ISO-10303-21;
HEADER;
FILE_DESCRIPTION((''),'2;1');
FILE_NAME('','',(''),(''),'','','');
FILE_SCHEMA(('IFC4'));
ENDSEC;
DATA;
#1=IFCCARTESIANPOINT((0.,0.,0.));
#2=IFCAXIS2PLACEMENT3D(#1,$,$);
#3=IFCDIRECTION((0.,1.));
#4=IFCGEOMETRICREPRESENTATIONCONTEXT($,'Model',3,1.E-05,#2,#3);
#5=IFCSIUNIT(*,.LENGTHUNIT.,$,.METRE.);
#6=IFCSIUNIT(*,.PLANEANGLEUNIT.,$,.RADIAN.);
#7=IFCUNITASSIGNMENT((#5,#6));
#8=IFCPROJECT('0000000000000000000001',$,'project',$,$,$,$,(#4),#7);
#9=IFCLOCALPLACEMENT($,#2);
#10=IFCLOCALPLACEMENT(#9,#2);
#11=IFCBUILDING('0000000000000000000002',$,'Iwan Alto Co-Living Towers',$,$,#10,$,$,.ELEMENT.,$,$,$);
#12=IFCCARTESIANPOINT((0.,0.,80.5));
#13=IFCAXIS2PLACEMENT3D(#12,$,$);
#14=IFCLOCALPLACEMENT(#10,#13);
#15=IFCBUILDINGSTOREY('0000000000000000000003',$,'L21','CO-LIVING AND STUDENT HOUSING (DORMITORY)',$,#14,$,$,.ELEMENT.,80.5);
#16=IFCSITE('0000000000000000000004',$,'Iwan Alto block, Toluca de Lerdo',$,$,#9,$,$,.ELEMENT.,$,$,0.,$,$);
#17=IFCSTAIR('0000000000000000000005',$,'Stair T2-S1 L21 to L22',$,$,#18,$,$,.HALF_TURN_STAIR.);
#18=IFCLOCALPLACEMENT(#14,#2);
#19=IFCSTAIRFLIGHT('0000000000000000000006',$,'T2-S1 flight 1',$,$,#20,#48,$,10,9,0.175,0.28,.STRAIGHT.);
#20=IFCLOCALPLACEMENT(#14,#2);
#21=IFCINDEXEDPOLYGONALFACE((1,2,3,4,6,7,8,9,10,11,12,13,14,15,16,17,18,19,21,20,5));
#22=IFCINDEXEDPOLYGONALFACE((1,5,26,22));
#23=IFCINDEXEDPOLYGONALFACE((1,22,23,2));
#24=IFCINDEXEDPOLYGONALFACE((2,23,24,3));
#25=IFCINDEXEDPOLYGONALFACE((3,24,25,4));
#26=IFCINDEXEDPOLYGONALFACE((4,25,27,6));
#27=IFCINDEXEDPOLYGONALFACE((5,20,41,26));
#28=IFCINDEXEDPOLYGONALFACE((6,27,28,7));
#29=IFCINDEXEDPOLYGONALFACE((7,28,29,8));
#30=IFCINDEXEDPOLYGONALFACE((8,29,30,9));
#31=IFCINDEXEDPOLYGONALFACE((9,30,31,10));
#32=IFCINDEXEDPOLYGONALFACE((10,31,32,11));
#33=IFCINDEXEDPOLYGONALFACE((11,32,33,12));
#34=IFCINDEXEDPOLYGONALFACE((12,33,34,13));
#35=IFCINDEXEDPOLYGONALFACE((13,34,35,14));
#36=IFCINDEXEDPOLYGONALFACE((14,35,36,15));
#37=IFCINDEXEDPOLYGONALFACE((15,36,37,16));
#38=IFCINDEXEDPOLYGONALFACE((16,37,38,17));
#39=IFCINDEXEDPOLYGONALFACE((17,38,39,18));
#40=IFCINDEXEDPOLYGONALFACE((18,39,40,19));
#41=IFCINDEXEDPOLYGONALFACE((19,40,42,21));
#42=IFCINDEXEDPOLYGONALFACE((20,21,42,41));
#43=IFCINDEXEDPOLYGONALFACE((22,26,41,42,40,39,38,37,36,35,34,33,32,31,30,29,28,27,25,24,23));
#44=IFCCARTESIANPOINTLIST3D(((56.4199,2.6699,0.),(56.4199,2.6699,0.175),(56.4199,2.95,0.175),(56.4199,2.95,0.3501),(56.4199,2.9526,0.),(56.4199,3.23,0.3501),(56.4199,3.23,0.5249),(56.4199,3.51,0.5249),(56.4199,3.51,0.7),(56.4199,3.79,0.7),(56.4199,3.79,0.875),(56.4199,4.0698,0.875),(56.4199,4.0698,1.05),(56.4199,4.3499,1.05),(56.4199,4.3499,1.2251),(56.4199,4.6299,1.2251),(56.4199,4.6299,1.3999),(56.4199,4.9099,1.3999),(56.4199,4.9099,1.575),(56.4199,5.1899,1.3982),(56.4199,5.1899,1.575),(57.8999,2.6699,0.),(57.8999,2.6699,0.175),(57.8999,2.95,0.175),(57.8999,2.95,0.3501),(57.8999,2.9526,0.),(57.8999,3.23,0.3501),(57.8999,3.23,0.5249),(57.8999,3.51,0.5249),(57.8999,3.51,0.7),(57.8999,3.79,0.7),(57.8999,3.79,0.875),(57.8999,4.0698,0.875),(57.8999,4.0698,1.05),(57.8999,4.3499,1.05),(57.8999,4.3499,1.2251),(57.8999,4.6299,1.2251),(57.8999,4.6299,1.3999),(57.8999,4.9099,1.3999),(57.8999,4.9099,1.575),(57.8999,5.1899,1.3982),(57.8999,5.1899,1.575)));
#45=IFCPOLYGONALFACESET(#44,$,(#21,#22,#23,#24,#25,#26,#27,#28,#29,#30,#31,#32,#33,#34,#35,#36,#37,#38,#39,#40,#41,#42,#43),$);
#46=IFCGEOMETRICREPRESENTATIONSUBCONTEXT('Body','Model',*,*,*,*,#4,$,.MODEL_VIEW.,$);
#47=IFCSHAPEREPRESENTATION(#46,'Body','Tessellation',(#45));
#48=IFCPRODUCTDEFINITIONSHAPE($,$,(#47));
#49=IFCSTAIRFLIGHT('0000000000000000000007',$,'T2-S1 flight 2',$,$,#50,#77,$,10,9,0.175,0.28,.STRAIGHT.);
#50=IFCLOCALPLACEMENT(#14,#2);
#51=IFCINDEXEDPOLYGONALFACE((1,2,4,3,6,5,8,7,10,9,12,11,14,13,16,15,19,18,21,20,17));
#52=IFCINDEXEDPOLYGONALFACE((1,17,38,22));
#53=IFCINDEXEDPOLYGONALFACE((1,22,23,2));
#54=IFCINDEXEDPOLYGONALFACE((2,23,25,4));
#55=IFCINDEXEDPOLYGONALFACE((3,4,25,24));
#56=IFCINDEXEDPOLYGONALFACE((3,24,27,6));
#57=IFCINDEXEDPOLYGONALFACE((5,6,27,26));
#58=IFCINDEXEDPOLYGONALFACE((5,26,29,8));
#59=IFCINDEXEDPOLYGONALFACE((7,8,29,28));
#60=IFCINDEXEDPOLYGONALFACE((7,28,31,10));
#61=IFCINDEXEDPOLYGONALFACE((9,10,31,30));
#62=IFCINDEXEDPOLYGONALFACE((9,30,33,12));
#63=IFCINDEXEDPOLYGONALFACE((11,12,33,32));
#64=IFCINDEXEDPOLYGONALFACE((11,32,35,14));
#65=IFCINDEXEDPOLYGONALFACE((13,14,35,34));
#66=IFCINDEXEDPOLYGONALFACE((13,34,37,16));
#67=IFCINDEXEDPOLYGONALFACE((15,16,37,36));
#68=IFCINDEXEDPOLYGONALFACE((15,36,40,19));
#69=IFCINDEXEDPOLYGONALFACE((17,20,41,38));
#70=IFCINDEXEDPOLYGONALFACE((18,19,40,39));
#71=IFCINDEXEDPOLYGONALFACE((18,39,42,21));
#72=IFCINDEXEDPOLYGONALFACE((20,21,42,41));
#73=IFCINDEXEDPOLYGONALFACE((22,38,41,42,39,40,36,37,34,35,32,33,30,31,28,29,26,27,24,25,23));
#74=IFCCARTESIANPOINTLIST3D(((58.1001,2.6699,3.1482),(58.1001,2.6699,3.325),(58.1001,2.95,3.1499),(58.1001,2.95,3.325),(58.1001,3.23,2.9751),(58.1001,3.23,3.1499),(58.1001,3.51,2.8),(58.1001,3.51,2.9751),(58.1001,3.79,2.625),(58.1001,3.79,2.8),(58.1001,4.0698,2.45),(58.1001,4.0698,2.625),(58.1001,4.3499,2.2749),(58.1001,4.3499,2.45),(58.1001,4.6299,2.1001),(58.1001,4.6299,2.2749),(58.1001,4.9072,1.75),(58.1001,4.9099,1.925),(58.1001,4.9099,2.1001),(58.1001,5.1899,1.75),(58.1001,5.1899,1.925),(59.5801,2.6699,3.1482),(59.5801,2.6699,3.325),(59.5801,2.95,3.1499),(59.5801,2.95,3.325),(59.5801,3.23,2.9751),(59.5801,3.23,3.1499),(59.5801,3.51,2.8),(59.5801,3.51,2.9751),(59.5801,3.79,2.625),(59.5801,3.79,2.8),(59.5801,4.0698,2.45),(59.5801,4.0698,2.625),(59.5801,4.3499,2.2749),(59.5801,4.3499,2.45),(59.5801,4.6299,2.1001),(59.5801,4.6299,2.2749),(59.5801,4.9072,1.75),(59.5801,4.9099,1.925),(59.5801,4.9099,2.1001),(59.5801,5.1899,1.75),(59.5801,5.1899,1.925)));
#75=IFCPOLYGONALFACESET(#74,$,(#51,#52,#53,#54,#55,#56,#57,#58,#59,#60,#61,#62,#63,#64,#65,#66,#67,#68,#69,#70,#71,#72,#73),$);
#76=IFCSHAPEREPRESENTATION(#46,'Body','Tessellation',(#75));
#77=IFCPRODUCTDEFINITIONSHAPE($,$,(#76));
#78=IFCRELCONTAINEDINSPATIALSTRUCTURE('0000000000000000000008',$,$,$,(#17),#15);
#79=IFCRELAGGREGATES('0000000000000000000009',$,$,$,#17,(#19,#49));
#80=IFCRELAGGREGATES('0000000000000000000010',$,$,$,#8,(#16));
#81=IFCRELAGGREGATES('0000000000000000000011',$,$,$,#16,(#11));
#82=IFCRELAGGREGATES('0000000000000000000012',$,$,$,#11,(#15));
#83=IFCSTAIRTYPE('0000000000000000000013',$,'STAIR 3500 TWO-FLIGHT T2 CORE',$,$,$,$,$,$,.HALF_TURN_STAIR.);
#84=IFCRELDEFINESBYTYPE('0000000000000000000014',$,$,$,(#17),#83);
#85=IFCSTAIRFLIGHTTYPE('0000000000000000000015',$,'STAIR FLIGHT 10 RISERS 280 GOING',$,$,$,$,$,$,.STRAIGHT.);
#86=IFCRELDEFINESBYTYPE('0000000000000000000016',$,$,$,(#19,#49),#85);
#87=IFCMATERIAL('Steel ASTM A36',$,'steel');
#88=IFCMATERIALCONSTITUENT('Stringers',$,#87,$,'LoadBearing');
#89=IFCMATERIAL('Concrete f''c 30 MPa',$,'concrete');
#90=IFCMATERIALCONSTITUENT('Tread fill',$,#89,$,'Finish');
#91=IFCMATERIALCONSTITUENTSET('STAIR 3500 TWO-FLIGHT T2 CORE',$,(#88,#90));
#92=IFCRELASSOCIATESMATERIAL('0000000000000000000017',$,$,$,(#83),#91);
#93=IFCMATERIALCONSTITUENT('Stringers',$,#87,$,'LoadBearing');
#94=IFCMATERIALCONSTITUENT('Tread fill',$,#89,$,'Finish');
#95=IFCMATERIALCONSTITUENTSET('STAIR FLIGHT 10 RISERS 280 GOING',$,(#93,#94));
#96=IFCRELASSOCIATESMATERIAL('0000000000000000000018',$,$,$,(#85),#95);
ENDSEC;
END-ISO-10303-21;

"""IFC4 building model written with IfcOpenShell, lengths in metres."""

from ifc_helpers import new_model, si_unit, direction, frame, origin, place, context, subcontext, project, spatial, polyline, outline, extrude, material, constituent, constituent_set, type_object, element, aggregate, save


model = new_model("IFC4")

# Units and contexts
model_context = context("Model", 3, precision=1e-05, world=origin(), true_north=direction((0.0, 1.0)))
body_context = subcontext(model_context, "Body", "Model", "MODEL_VIEW")
ifc_project = project(units=[si_unit("LENGTHUNIT", "METRE"), si_unit("PLANEANGLEUNIT", "RADIAN")], contexts=[model_context])

# Site, building, storey
site_placement = place(None, origin())
site = spatial("IfcSite", under=ifc_project, at=site_placement, Name="Iwan Alto block, Toluca de Lerdo", CompositionType="ELEMENT", RefElevation=0.0)
building_placement = place(site_placement, origin())
building = spatial("IfcBuilding", under=site, at=building_placement, Name="Iwan Alto Co-Living Towers", CompositionType="ELEMENT")
storey_placement = place(building_placement, frame((0.0, 0.0, 80.5)))
storey = spatial("IfcBuildingStorey", under=building, at=storey_placement, Name="L21", Description="CO-LIVING AND STUDENT HOUSING (DORMITORY)", CompositionType="ELEMENT", Elevation=80.5)

# Stair, stair flights
ifc_material_1 = material(Name="Steel ASTM A36", Category="steel")
ifc_constituent_1 = constituent(ifc_material_1, Name="Stringers", Category="LoadBearing")
ifc_material_2 = material(Name="Concrete f'c 30 MPa", Category="concrete")
ifc_constituent_2 = constituent(ifc_material_2, Name="Tread fill", Category="Finish")
ifc_constituent_set_1 = constituent_set(constituents=[ifc_constituent_1, ifc_constituent_2], Name="STAIR 3500 TWO-FLIGHT T2 CORE")
stair_type = type_object("IfcStairType", Name="STAIR 3500 TWO-FLIGHT T2 CORE", PredefinedType="HALF_TURN_STAIR", material=ifc_constituent_set_1)
stair_placement = place(storey_placement, origin())
stair = element("IfcStair", 1, at=stair_placement, inside=storey, type_object=stair_type, Name="Stair T2-S1 L21 to L22", PredefinedType="HALF_TURN_STAIR")
ifc_constituent_3 = constituent(ifc_material_1, Name="Stringers", Category="LoadBearing")
ifc_constituent_4 = constituent(ifc_material_2, Name="Tread fill", Category="Finish")
ifc_constituent_set_2 = constituent_set(constituents=[ifc_constituent_3, ifc_constituent_4], Name="STAIR FLIGHT 10 RISERS 280 GOING")
stair_flight_type = type_object("IfcStairFlightType", Name="STAIR FLIGHT 10 RISERS 280 GOING", PredefinedType="STRAIGHT", material=ifc_constituent_set_2)
stair_flight_1_placement = place(storey_placement, frame((57.1599, 2.6699, 0.0), z_axis=(0.0, 0.0, 1.0), x_axis=(0.0, 1.0, 0.0)))
stair_flight_1 = element("IfcStairFlight", 2, at=stair_flight_1_placement, type_object=stair_flight_type, Name="T2-S1 flight 1", NumberOfRisers=10, NumberOfTreads=9, PredefinedType="STRAIGHT", RiserHeight=0.175, TreadLength=0.28, context=body_context, shape_type="SweptSolid", body=[
    extrude(outline(polyline([(0.0, 0.0), (0.0, 0.175), (0.28, 0.175), (0.28, 0.3501), (0.5601, 0.3501), (0.5601, 0.5249), (0.8401, 0.5249), (0.8401, 0.7), (1.1201, 0.7), (1.1201, 0.875), (1.3999, 0.875), (1.3999, 1.05), (1.6799, 1.05), (1.6799, 1.2251), (1.96, 1.2251), (1.96, 1.3999), (2.24, 1.3999), (2.24, 1.575), (2.52, 1.575), (2.52, 1.75), (2.52, 1.3982), (0.2827, 0.0), (0.0, 0.0)])), frame((0.0, 0.74, 0.0), z_axis=(0.0, -1.0, 0.0), x_axis=(1.0, 0.0, 0.0)), (0.0, 0.0, 1.0), 1.48),
])
stair_flight_2_placement = place(storey_placement, frame((58.8401, 5.1899, 1.75), z_axis=(0.0, 0.0, 1.0), x_axis=(0.0, -1.0, 0.0)))
stair_flight_2 = element("IfcStairFlight", 3, at=stair_flight_2_placement, type_object=stair_flight_type, Name="T2-S1 flight 2", NumberOfRisers=10, NumberOfTreads=9, PredefinedType="STRAIGHT", RiserHeight=0.175, TreadLength=0.28, context=body_context, shape_type="SweptSolid", body=[
    extrude(outline(polyline([(0.0, 0.0), (0.0, 0.175), (0.28, 0.175), (0.28, 0.3501), (0.5601, 0.3501), (0.5601, 0.5249), (0.8401, 0.5249), (0.8401, 0.7), (1.1201, 0.7), (1.1201, 0.875), (1.3999, 0.875), (1.3999, 1.05), (1.6799, 1.05), (1.6799, 1.2251), (1.96, 1.2251), (1.96, 1.3999), (2.24, 1.3999), (2.24, 1.575), (2.52, 1.575), (2.52, 1.75), (2.52, 1.3982), (0.2827, 0.0), (0.0, 0.0)])), frame((0.0, 0.74, 0.0), z_axis=(0.0, -1.0, 0.0), x_axis=(1.0, 0.0, 0.0)), (0.0, 0.0, 1.0), 1.48),
])
aggregate(stair, [stair_flight_1, stair_flight_2])

save(model, "model.ifc")
